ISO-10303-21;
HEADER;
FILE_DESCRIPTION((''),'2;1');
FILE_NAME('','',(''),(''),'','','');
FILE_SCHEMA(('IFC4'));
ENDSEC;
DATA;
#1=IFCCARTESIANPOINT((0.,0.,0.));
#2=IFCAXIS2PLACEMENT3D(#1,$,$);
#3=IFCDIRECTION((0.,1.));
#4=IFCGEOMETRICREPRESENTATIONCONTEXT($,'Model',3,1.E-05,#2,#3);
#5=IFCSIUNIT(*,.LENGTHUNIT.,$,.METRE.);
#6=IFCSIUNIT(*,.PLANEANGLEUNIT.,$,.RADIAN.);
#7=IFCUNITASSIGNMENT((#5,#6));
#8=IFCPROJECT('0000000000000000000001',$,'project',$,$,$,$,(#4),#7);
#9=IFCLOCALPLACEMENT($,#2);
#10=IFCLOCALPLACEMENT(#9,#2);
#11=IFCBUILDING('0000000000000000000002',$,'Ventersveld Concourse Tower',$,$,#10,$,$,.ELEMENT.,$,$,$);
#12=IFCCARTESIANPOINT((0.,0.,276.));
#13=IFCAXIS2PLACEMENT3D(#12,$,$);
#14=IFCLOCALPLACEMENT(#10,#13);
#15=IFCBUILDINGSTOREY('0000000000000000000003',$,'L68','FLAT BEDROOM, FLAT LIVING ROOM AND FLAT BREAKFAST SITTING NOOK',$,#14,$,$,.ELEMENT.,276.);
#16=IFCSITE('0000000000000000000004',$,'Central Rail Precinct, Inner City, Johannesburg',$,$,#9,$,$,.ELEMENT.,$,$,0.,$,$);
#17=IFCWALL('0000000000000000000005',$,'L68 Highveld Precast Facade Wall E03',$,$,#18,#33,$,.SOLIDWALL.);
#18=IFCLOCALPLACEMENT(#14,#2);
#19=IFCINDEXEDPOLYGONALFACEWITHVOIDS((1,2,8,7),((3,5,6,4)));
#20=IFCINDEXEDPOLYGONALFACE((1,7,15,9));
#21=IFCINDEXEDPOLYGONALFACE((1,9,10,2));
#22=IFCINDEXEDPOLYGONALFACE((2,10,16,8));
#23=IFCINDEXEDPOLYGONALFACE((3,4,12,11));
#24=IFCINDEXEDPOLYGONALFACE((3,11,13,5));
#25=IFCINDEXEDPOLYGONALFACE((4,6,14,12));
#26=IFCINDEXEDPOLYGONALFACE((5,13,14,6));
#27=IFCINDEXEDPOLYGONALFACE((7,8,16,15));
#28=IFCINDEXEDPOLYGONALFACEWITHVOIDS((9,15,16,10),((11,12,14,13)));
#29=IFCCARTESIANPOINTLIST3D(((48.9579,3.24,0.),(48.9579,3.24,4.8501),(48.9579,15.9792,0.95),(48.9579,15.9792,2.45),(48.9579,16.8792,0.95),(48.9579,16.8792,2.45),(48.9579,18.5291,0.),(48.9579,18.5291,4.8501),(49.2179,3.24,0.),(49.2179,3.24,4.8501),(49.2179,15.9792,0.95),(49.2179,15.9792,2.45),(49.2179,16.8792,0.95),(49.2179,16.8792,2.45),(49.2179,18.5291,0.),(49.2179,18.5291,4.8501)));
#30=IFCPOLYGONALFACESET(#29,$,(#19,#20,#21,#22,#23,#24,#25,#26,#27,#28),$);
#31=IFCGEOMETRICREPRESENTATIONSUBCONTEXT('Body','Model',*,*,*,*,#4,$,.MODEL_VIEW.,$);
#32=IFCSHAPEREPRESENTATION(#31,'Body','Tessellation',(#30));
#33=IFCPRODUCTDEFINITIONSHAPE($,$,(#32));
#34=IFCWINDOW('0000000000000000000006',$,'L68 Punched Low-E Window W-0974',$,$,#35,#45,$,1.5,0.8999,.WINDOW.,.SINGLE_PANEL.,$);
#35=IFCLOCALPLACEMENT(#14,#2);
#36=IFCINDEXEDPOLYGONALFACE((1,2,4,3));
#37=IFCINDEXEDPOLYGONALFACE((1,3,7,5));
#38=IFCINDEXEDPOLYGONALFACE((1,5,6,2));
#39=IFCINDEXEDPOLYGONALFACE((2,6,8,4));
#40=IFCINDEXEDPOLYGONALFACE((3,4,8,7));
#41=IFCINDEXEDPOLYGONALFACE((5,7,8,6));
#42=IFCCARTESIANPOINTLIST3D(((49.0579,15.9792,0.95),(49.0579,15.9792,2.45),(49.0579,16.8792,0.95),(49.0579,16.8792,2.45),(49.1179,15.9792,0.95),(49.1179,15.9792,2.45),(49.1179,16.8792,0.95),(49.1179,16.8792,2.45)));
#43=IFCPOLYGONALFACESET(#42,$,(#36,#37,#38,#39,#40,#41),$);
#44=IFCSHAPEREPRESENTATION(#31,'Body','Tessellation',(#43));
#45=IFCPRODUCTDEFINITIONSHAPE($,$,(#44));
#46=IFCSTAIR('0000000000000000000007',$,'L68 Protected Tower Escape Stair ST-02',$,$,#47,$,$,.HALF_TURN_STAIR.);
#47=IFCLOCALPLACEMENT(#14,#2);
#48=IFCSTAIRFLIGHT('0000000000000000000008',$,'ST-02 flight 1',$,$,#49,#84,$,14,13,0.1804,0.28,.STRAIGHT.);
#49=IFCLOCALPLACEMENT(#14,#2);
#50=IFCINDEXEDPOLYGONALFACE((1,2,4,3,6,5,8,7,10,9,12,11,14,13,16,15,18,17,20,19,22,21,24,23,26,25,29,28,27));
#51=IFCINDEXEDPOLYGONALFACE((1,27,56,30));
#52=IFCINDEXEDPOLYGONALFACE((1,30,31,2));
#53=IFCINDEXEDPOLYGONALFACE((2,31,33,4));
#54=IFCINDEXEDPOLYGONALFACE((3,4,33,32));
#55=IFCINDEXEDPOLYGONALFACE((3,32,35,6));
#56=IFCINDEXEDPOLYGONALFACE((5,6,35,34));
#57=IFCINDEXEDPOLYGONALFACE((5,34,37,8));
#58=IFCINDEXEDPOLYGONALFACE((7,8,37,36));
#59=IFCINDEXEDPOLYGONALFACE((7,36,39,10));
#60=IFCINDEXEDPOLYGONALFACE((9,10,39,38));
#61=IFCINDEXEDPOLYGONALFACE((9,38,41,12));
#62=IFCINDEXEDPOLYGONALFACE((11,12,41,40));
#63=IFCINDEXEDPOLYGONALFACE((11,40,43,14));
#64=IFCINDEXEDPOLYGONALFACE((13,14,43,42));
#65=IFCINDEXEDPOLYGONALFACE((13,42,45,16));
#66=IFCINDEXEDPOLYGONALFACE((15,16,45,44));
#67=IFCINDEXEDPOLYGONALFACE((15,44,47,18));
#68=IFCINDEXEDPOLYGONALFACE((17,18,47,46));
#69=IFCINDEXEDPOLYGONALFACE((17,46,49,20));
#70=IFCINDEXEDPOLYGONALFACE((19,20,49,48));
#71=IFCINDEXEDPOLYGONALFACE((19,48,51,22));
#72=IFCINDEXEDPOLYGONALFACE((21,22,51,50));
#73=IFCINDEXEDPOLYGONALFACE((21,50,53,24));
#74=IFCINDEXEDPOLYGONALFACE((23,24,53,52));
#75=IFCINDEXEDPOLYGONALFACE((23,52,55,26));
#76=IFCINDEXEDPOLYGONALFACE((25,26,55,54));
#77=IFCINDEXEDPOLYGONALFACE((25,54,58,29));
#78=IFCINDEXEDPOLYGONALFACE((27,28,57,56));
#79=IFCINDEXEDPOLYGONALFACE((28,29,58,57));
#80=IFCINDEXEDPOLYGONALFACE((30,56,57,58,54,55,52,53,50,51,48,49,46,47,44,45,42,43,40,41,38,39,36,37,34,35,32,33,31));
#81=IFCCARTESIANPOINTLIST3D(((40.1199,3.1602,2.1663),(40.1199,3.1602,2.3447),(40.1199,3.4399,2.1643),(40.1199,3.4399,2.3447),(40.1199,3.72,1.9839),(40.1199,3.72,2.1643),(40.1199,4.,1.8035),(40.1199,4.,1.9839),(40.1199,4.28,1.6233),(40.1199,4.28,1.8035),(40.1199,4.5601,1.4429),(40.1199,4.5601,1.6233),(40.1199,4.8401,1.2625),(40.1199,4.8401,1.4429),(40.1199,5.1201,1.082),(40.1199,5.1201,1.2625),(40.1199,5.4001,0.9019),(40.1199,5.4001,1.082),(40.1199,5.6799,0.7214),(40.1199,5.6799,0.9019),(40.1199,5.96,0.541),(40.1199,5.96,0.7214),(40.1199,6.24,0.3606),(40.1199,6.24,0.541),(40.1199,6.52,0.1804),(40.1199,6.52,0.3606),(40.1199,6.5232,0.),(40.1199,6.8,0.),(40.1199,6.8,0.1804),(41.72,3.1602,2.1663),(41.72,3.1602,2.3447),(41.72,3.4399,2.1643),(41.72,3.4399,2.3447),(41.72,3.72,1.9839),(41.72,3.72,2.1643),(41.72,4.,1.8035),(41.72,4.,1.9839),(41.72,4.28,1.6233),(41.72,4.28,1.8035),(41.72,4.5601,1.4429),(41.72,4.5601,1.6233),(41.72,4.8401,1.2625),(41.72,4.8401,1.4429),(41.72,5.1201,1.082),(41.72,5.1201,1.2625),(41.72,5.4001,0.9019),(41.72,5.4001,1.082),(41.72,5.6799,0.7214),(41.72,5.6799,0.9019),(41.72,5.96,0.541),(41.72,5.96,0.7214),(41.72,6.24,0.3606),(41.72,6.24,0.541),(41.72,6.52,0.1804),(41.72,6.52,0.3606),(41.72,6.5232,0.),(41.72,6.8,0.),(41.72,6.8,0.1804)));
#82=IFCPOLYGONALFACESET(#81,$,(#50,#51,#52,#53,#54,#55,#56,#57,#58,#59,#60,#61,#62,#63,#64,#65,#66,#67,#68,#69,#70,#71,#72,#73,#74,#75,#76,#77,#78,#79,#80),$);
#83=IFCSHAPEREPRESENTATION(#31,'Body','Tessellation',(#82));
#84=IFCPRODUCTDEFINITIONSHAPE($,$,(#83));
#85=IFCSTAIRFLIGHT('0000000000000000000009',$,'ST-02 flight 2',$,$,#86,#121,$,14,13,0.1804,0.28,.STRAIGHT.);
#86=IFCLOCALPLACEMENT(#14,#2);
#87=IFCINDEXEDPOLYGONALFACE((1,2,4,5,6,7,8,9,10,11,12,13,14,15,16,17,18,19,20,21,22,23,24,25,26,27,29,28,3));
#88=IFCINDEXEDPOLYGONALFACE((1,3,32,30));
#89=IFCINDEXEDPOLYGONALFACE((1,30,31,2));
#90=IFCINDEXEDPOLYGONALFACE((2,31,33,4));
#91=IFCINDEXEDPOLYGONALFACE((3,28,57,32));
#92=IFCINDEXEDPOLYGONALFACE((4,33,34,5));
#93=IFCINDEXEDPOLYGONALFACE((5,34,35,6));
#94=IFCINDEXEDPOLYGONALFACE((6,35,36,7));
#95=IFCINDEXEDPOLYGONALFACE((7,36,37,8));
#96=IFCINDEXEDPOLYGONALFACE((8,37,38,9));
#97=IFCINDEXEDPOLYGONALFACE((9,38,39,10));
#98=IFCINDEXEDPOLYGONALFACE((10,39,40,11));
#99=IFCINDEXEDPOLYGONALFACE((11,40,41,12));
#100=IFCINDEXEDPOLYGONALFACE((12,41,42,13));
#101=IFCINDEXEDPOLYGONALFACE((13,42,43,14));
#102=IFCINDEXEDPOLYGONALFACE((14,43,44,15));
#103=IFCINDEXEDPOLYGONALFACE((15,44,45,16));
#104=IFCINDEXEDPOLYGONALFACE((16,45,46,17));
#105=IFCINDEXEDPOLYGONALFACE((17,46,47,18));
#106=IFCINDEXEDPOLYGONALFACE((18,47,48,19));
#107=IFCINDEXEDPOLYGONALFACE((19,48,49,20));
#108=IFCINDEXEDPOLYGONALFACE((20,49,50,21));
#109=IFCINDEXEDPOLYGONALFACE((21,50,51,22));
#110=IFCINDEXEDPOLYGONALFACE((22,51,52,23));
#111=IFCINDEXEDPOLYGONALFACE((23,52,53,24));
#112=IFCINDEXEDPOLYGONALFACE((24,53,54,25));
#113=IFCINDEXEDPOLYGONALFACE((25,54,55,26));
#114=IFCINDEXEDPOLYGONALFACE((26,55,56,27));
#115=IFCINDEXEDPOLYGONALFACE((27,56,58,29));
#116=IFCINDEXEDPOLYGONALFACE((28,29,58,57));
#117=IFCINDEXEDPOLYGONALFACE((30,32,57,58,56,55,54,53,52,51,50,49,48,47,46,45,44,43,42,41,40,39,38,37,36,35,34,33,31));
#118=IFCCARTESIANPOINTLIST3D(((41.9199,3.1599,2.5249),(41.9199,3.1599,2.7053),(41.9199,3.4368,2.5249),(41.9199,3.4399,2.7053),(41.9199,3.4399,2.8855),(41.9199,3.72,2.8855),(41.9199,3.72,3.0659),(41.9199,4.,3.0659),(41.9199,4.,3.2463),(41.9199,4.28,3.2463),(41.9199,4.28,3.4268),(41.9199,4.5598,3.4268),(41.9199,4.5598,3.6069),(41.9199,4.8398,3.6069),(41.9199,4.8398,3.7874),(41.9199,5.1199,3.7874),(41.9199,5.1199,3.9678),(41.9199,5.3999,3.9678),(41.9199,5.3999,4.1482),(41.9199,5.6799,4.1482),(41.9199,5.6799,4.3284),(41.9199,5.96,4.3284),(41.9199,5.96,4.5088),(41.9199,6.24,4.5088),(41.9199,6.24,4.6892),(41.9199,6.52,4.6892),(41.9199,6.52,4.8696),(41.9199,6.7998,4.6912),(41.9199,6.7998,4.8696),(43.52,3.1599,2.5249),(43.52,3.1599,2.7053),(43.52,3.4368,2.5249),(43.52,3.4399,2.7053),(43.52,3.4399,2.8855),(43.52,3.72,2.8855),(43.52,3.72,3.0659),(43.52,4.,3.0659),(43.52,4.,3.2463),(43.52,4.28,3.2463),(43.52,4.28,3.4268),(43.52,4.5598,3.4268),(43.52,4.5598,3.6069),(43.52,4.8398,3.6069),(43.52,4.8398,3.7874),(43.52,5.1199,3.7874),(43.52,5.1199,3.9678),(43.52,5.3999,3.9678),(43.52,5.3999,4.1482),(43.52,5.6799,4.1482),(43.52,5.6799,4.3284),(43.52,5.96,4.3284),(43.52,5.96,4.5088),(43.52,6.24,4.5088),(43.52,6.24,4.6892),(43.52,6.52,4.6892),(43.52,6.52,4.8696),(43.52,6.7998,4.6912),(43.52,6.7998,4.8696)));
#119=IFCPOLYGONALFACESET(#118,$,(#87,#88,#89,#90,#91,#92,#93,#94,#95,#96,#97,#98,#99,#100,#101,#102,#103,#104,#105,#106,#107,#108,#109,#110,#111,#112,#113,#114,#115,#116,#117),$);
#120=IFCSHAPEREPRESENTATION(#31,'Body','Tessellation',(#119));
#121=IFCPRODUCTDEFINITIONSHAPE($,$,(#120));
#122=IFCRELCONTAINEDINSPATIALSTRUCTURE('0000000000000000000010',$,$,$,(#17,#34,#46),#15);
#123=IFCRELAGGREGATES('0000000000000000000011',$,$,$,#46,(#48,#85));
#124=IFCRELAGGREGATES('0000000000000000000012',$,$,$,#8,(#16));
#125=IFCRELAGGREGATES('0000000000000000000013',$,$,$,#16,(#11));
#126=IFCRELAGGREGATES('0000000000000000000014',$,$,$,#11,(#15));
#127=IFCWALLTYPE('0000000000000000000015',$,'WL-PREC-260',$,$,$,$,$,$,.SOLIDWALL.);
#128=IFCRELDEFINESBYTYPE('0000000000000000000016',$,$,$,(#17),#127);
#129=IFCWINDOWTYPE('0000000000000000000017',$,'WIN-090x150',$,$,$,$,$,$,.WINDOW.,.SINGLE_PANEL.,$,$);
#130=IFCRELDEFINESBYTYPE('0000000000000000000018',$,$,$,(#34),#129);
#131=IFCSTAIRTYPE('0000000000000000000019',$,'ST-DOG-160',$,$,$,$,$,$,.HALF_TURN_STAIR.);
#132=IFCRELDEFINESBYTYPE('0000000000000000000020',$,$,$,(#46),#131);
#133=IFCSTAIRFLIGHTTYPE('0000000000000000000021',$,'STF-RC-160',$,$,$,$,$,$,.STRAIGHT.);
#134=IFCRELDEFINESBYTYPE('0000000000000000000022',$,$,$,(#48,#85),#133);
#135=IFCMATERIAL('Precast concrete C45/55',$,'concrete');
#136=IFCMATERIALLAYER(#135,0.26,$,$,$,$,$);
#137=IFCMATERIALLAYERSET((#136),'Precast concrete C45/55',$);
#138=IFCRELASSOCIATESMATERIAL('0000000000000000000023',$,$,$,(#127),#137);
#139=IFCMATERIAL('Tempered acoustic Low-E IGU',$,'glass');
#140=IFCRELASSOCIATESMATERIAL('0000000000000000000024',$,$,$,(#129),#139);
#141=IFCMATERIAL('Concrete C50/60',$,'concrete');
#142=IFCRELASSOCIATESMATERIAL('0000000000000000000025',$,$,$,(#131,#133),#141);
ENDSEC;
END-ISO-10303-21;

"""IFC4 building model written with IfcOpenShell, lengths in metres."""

from ifc_helpers import new_model, si_unit, direction, frame, frame_2d, origin, place, context, subcontext, project, spatial, polyline, rectangle, outline, extrude, material, layer, layer_set, type_object, element, fill, aggregate, save


model = new_model("IFC4")

# Units and contexts
model_context = context("Model", 3, precision=1e-05, world=origin(), true_north=direction((0.0, 1.0)))
body_context = subcontext(model_context, "Body", "Model", "MODEL_VIEW")
ifc_project = project(units=[si_unit("LENGTHUNIT", "METRE"), si_unit("PLANEANGLEUNIT", "RADIAN")], contexts=[model_context])

# Site, building, storey
site_placement = place(None, origin())
site = spatial("IfcSite", under=ifc_project, at=site_placement, Name="Central Rail Precinct, Inner City, Johannesburg", CompositionType="ELEMENT", RefElevation=0.0)
building_placement = place(site_placement, origin())
building = spatial("IfcBuilding", under=site, at=building_placement, Name="Ventersveld Concourse Tower", CompositionType="ELEMENT")
storey_placement = place(building_placement, frame((0.0, 0.0, 276.0)))
storey = spatial("IfcBuildingStorey", under=building, at=storey_placement, Name="L68", Description="FLAT BEDROOM, FLAT LIVING ROOM AND FLAT BREAKFAST SITTING NOOK", CompositionType="ELEMENT", Elevation=276.0)

# Shared definitions
ifc_material_1 = material(Name="Concrete C50/60", Category="concrete")

# Shared definitions
ifc_material_2 = material(Name="Precast concrete C45/55", Category="concrete")
ifc_layer_1 = layer(ifc_material_2, 0.26)
ifc_layer_set_1 = layer_set([ifc_layer_1], Name="Precast concrete C45/55")
wall_type_1 = type_object("IfcWallType", Name="WL-PREC-260", PredefinedType="SOLIDWALL", material=ifc_layer_set_1)

# Wall, opening, window
ifc_material_3 = material(Name="Tempered acoustic Low-E IGU", Category="glass")
wall_1_placement = place(storey_placement, frame((49.0879, 3.24, 0.0), z_axis=(0.0, 0.0, 1.0), x_axis=(0.0, 1.0, 0.0)))
wall_1 = element("IfcWall", 1, at=wall_1_placement, inside=storey, type_object=wall_type_1, Name="L68 Highveld Precast Facade Wall E03", PredefinedType="SOLIDWALL", context=body_context, shape_type="SweptSolid", body=[
    extrude(rectangle(XDim=15.2891, YDim=0.26, at=frame_2d((7.6445, 0.0))), origin(), (0.0, 0.0, 1.0), 4.8501),
])
opening_1_placement = place(wall_1_placement, frame((12.7393, 0.0, 0.95)))
opening_1 = element("IfcOpeningElement", 2, at=opening_1_placement, cuts=wall_1, PredefinedType="OPENING", context=body_context, shape_type="SweptSolid", body=[
    extrude(rectangle(XDim=0.8999, YDim=1.5, at=frame_2d((0.45, 0.75))), frame((0.0, 0.1401, 0.0), z_axis=(0.0, -1.0, 0.0), x_axis=(1.0, 0.0, 0.0)), (0.0, 0.0, 1.0), 0.28),
])
window_type_1 = type_object("IfcWindowType", Name="WIN-090x150", PartitioningType="SINGLE_PANEL", PredefinedType="WINDOW", material=ifc_material_3)
window_1_placement = place(opening_1_placement, origin())
window_1 = element("IfcWindow", 3, at=window_1_placement, inside=storey, type_object=window_type_1, Name="L68 Punched Low-E Window W-0974", OverallHeight=1.5, OverallWidth=0.8999, PartitioningType="SINGLE_PANEL", PredefinedType="WINDOW", context=body_context, shape_type="SweptSolid", body=[
    extrude(rectangle(XDim=0.8999, YDim=1.5, at=frame_2d((0.45, 0.75))), frame((0.0, 0.03, 0.0), z_axis=(0.0, -1.0, 0.0), x_axis=(1.0, 0.0, 0.0)), (0.0, 0.0, 1.0), 0.0601),
])
fill(opening_1, window_1)

# Stair, stair flights
stair_type = type_object("IfcStairType", Name="ST-DOG-160", PredefinedType="HALF_TURN_STAIR", material=ifc_material_1)
stair_placement = place(storey_placement, origin())
stair = element("IfcStair", 4, at=stair_placement, inside=storey, type_object=stair_type, Name="L68 Protected Tower Escape Stair ST-02", PredefinedType="HALF_TURN_STAIR")
stair_flight_type = type_object("IfcStairFlightType", Name="STF-RC-160", PredefinedType="STRAIGHT", material=ifc_material_1)
stair_flight_1_placement = place(storey_placement, frame((40.9199, 6.8, 0.0), z_axis=(0.0, 0.0, 1.0), x_axis=(0.0, -1.0, 0.0)))
stair_flight_1 = element("IfcStairFlight", 5, at=stair_flight_1_placement, type_object=stair_flight_type, Name="ST-02 flight 1", NumberOfRisers=14, NumberOfTreads=13, PredefinedType="STRAIGHT", RiserHeight=0.1804, TreadLength=0.28, context=body_context, shape_type="SweptSolid", body=[
    extrude(outline(polyline([(0.0, 0.0), (0.0, 0.1804), (0.28, 0.1804), (0.28, 0.3606), (0.5601, 0.3606), (0.5601, 0.541), (0.8401, 0.541), (0.8401, 0.7214), (1.1201, 0.7214), (1.1201, 0.9019), (1.3999, 0.9019), (1.3999, 1.082), (1.6799, 1.082), (1.6799, 1.2625), (1.96, 1.2625), (1.96, 1.4429), (2.24, 1.4429), (2.24, 1.6233), (2.52, 1.6233), (2.52, 1.8035), (2.8, 1.8035), (2.8, 1.9839), (3.0801, 1.9839), (3.0801, 2.1643), (3.3601, 2.1643), (3.3601, 2.3447), (3.6399, 2.3447), (3.6399, 2.5249), (3.6399, 2.1663), (0.2769, 0.0), (0.0, 0.0)])), frame((0.0, 0.8, 0.0), z_axis=(0.0, -1.0, 0.0), x_axis=(1.0, 0.0, 0.0)), (0.0, 0.0, 1.0), 1.6001),
])
stair_flight_2_placement = place(storey_placement, frame((42.72, 3.1599, 2.5249), z_axis=(0.0, 0.0, 1.0), x_axis=(0.0, 1.0, 0.0)))
stair_flight_2 = element("IfcStairFlight", 6, at=stair_flight_2_placement, type_object=stair_flight_type, Name="ST-02 flight 2", NumberOfRisers=14, NumberOfTreads=13, PredefinedType="STRAIGHT", RiserHeight=0.1804, TreadLength=0.28, context=body_context, shape_type="SweptSolid", body=[
    extrude(outline(polyline([(0.0, 0.0), (0.0, 0.1804), (0.28, 0.1804), (0.28, 0.3606), (0.5601, 0.3606), (0.5601, 0.541), (0.8401, 0.541), (0.8401, 0.7214), (1.1201, 0.7214), (1.1201, 0.9019), (1.3999, 0.9019), (1.3999, 1.082), (1.6799, 1.082), (1.6799, 1.2625), (1.96, 1.2625), (1.96, 1.4429), (2.24, 1.4429), (2.24, 1.6233), (2.52, 1.6233), (2.52, 1.8035), (2.8, 1.8035), (2.8, 1.9839), (3.0801, 1.9839), (3.0801, 2.1643), (3.3601, 2.1643), (3.3601, 2.3447), (3.6399, 2.3447), (3.6399, 2.5249), (3.6399, 2.1663), (0.2769, 0.0), (0.0, 0.0)])), frame((0.0, 0.8, 0.0), z_axis=(0.0, -1.0, 0.0), x_axis=(1.0, 0.0, 0.0)), (0.0, 0.0, 1.0), 1.6001),
])
aggregate(stair, [stair_flight_1, stair_flight_2])

save(model, "model.ifc")
